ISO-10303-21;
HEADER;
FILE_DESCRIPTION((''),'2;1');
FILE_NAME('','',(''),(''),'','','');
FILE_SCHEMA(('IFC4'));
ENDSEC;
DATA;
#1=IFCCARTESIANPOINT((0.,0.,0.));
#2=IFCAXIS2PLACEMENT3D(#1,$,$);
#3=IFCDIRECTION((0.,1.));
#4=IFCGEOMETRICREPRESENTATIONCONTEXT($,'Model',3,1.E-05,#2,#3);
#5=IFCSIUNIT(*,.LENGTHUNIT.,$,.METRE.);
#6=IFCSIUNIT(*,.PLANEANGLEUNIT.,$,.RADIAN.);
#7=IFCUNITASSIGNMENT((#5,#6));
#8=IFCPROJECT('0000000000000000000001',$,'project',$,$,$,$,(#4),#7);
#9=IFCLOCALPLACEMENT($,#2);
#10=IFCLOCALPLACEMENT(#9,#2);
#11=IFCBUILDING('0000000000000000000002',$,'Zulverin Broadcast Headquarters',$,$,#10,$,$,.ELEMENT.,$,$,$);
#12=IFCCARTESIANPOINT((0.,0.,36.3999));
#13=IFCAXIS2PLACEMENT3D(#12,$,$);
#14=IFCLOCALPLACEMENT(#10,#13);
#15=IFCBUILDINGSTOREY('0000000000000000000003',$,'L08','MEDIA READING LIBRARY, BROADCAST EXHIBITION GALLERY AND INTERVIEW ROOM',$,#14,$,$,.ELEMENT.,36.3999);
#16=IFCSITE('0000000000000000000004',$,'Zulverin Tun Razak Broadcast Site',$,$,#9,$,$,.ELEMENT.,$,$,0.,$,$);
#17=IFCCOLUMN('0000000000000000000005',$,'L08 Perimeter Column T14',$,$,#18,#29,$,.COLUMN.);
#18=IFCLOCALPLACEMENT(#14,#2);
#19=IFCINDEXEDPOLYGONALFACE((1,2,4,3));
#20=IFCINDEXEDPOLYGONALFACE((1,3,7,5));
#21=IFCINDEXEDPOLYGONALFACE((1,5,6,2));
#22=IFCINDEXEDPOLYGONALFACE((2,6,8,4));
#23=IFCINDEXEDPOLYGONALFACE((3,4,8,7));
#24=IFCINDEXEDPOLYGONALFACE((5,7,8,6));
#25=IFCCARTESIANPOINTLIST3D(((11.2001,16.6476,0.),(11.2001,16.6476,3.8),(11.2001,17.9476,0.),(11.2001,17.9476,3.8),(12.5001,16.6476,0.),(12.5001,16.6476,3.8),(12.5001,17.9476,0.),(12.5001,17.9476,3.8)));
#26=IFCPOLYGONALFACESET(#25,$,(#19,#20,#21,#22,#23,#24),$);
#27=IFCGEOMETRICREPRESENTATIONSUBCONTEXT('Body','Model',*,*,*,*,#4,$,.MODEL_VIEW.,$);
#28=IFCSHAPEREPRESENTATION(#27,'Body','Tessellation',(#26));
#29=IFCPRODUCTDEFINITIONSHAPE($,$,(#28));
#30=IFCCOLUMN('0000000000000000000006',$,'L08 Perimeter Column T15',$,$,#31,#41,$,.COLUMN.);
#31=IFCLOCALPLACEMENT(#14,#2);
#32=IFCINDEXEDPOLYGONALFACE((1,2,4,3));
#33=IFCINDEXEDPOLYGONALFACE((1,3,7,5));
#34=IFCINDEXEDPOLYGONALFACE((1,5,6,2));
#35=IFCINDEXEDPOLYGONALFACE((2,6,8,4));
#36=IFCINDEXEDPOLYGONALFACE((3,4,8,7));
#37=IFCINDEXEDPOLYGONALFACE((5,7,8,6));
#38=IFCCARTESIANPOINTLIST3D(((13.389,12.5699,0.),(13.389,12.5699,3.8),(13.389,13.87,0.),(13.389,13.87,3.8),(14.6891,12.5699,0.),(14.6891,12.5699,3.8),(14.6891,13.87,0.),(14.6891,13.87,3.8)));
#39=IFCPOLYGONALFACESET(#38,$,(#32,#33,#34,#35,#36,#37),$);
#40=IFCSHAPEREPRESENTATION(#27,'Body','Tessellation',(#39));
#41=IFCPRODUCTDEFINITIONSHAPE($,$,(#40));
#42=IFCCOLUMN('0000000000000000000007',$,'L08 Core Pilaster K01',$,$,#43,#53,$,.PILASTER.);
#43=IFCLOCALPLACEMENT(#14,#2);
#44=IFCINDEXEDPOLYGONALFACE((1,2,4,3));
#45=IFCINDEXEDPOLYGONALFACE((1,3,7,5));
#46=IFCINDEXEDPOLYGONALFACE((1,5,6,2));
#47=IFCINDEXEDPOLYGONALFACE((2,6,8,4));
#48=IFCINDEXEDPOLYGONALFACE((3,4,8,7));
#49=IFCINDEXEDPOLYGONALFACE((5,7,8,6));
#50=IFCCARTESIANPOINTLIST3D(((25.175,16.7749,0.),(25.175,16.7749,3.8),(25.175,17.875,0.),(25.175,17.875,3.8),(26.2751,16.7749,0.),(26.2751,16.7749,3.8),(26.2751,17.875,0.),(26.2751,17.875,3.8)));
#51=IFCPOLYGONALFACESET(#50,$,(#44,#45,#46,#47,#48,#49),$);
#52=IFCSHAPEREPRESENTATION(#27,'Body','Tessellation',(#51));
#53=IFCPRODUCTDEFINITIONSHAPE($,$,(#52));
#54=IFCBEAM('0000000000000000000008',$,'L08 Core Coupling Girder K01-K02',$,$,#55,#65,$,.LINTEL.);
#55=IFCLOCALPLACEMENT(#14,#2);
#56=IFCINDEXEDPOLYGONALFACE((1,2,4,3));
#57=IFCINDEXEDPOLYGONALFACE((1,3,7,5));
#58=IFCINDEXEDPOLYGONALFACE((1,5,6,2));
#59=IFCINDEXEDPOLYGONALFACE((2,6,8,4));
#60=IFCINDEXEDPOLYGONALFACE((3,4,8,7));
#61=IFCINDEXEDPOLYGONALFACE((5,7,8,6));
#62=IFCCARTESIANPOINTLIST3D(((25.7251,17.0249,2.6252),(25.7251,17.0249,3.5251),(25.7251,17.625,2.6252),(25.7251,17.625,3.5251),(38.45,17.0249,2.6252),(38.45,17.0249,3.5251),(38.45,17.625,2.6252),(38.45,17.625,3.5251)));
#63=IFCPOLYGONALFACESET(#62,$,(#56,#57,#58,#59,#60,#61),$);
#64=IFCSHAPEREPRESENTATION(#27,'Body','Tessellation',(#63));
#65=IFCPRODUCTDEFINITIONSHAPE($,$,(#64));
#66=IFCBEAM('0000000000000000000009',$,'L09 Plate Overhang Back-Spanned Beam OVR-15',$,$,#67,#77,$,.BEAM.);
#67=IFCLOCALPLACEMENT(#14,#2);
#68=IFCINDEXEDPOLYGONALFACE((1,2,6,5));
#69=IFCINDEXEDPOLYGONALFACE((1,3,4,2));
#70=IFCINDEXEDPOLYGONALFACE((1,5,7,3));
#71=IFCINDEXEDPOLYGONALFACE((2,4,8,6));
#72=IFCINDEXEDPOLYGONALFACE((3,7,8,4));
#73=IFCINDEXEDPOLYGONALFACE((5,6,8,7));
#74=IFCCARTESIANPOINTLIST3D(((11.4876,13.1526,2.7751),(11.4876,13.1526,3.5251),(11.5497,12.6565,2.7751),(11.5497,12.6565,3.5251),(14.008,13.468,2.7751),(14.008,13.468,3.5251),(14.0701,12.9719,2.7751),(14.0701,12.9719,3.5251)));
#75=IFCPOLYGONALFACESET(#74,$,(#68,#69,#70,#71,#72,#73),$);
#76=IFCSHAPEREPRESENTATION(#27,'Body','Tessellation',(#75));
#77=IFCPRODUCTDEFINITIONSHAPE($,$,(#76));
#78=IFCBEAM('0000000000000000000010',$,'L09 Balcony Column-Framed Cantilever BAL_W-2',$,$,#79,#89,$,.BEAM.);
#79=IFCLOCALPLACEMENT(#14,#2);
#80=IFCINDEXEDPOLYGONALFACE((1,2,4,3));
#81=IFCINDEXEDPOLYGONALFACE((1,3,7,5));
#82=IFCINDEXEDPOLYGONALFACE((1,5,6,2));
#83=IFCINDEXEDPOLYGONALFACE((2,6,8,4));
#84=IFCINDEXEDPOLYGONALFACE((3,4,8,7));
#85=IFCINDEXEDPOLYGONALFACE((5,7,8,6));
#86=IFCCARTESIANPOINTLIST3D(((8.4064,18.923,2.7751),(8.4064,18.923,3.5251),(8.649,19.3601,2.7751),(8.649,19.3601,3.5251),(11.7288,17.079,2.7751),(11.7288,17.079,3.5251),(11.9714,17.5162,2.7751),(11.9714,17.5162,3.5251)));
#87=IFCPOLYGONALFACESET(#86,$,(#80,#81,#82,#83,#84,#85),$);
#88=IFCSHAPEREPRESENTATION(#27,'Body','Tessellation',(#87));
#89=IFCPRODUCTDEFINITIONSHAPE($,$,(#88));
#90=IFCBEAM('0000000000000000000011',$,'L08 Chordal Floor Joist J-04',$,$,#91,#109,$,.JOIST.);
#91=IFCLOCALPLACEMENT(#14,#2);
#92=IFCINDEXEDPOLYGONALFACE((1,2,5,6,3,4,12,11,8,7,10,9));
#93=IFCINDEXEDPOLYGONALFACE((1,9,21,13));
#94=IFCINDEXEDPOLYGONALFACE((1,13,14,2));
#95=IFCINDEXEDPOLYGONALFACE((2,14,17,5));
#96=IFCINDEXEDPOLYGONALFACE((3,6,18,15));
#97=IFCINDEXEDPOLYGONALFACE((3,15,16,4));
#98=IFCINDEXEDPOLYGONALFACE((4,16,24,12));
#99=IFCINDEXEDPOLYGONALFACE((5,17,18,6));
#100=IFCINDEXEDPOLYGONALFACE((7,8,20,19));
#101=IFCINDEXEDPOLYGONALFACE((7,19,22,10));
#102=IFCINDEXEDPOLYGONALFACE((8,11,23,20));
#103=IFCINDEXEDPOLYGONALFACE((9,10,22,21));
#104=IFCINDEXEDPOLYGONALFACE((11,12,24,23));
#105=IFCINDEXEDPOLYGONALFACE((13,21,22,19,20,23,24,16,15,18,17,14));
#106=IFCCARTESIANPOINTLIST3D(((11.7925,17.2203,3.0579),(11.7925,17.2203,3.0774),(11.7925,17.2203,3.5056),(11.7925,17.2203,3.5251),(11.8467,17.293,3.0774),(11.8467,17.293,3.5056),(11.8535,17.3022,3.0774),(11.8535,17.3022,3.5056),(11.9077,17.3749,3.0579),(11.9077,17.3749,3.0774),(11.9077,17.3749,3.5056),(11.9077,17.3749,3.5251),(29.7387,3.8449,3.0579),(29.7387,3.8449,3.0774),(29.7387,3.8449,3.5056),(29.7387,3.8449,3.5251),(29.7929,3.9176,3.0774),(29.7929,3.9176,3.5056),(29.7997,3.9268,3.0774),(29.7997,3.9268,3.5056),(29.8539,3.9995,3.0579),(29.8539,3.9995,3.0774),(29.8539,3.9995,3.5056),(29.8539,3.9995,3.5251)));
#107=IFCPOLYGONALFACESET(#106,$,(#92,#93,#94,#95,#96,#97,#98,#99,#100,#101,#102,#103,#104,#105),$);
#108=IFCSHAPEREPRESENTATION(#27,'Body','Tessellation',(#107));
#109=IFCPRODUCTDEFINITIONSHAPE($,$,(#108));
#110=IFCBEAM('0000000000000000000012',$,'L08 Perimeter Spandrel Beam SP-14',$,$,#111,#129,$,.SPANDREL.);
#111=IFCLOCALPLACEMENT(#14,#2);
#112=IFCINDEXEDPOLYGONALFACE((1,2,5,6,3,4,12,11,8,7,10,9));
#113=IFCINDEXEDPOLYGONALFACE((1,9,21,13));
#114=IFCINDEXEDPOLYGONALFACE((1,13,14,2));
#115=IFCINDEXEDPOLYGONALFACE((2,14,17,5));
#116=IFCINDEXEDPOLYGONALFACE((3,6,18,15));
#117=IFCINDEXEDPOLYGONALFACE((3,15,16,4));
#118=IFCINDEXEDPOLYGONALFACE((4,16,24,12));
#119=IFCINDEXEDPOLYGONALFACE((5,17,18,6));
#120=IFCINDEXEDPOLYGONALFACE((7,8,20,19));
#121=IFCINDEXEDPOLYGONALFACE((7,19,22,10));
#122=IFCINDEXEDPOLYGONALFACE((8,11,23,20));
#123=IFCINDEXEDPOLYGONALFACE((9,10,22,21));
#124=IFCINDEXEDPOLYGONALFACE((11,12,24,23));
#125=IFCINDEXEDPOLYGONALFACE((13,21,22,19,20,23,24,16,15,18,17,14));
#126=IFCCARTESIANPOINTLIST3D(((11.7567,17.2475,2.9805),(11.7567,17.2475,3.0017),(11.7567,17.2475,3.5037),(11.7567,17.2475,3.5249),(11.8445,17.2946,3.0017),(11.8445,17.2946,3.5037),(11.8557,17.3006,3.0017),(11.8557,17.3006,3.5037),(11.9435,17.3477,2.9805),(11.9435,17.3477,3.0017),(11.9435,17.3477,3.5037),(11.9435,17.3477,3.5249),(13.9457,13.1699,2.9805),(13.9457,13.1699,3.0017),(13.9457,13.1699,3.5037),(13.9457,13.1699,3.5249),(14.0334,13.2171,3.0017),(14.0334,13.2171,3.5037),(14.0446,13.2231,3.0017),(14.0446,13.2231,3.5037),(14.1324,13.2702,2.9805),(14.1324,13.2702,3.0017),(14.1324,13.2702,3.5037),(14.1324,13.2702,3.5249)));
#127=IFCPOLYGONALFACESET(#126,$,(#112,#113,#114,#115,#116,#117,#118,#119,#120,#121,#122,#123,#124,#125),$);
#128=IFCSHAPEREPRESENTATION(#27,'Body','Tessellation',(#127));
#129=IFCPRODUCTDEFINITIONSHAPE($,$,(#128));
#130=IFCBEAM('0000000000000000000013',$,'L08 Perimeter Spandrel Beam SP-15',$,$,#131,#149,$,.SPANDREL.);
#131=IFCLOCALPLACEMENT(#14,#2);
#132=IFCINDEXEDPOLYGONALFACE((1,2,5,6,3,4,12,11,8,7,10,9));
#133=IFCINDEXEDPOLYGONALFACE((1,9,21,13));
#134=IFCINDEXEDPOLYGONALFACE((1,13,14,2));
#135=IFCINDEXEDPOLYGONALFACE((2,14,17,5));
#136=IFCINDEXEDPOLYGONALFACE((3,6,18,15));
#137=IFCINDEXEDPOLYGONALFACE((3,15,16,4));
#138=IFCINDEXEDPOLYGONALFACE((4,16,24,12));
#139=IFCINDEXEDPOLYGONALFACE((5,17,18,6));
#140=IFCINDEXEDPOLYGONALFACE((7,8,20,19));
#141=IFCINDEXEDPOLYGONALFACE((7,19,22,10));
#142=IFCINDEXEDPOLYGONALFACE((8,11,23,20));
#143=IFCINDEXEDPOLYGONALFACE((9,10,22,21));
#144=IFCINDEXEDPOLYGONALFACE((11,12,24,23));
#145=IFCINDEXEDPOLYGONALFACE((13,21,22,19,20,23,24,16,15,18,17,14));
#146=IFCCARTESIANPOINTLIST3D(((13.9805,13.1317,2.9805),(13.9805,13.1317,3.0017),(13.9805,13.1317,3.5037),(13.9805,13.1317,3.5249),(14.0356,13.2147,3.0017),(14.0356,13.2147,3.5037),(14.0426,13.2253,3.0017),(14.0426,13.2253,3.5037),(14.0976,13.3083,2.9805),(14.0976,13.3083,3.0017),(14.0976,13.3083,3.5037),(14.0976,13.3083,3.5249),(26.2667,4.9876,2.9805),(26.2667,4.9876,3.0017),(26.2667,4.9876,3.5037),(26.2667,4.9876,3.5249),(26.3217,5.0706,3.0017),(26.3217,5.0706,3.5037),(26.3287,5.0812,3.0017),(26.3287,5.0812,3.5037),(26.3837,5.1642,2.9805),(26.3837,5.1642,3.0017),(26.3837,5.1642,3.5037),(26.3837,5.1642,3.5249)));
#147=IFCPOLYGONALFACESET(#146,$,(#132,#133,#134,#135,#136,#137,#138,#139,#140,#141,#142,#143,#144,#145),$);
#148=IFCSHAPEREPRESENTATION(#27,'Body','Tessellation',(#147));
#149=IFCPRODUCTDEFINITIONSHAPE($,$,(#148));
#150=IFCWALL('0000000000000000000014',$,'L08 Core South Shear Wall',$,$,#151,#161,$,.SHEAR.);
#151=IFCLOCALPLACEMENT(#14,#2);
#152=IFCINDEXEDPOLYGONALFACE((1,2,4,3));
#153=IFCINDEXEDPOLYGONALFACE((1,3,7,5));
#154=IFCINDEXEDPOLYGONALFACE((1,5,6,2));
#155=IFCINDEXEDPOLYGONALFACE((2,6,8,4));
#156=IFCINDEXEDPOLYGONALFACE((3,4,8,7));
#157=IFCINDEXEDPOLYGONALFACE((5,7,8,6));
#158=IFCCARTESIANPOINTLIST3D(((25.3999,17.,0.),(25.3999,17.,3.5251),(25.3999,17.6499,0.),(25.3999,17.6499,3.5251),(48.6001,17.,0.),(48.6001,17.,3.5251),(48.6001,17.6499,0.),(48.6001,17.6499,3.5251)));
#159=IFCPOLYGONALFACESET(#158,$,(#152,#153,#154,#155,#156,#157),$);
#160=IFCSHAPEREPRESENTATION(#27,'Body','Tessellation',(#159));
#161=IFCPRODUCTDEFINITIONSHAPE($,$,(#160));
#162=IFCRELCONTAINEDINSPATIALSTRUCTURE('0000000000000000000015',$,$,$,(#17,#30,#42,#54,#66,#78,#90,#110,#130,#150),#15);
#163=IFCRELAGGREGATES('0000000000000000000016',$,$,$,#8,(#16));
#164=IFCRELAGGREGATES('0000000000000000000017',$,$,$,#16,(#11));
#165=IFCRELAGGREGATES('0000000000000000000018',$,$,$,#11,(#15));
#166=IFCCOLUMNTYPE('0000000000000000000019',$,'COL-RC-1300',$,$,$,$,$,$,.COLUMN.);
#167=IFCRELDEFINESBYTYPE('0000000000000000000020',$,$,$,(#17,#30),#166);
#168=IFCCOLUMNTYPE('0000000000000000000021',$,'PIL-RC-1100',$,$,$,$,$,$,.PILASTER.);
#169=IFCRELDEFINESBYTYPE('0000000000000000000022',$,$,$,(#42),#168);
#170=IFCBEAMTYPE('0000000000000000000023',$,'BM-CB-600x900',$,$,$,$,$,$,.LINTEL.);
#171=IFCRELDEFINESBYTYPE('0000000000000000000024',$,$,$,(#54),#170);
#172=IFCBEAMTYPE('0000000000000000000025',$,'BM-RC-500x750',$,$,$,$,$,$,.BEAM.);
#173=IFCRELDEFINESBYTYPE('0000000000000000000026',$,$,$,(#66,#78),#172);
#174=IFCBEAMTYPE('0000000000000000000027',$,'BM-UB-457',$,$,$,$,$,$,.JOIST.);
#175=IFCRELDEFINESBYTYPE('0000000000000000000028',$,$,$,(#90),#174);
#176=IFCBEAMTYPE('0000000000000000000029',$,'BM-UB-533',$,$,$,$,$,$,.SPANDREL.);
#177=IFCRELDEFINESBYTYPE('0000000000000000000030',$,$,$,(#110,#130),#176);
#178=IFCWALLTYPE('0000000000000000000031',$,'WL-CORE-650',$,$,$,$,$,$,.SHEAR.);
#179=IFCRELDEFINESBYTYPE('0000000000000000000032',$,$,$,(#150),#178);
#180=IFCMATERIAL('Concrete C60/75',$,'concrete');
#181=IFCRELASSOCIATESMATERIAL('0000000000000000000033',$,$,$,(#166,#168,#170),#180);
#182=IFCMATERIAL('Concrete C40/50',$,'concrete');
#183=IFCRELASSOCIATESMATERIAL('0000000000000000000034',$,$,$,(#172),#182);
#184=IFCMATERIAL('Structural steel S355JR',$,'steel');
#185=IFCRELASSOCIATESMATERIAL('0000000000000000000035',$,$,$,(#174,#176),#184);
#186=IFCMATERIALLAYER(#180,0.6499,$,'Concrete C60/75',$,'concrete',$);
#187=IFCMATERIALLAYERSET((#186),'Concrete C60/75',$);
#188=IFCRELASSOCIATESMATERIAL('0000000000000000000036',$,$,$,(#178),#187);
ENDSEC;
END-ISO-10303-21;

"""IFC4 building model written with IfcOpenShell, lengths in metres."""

from ifc_helpers import new_model, si_unit, direction, frame, frame_2d, origin, origin_2d, place, context, subcontext, project, spatial, rectangle, i_section, extrude, material, layer, layer_set, material_profile, profile_set, type_object, element, save


model = new_model("IFC4")

# Units and contexts
model_context = context("Model", 3, precision=1e-05, world=origin(), true_north=direction((0.0, 1.0)))
body_context = subcontext(model_context, "Body", "Model", "MODEL_VIEW")
ifc_project = project(units=[si_unit("LENGTHUNIT", "METRE"), si_unit("PLANEANGLEUNIT", "RADIAN")], contexts=[model_context])

# Site, building, storey
site_placement = place(None, origin())
site = spatial("IfcSite", under=ifc_project, at=site_placement, Name="Zulverin Tun Razak Broadcast Site", CompositionType="ELEMENT", RefElevation=0.0)
building_placement = place(site_placement, origin())
building = spatial("IfcBuilding", under=site, at=building_placement, Name="Zulverin Broadcast Headquarters", CompositionType="ELEMENT")
storey_placement = place(building_placement, frame((0.0, 0.0, 36.3999)))
storey = spatial("IfcBuildingStorey", under=building, at=storey_placement, Name="L08", Description="MEDIA READING LIBRARY, BROADCAST EXHIBITION GALLERY AND INTERVIEW ROOM", CompositionType="ELEMENT", Elevation=36.3999)

# Columns
ifc_material_1 = material(Name="Concrete C60/75", Category="concrete")
ifc_material_profile_1 = material_profile(ifc_material_1, rectangle(XDim=1.3, YDim=1.3, at=origin_2d()), Name="Concrete C60/75", Category="concrete")
ifc_profile_set_1 = profile_set([ifc_material_profile_1], Name="Concrete C60/75")
column_type_1 = type_object("IfcColumnType", Name="COL-RC-1300", PredefinedType="COLUMN", material=ifc_profile_set_1)
for number, where, z_axis, x_axis, name in (
    (1, (11.8501, 17.2976, 0.0), (0.0, 0.0, 1.0), (1.0, 0.0, 0.0), "L08 Perimeter Column T14"),
    (2, (14.0391, 13.22, 0.0), (0.0, 0.0, 1.0), (1.0, 0.0, 0.0), "L08 Perimeter Column T15"),
):
    element("IfcColumn", number, at=place(storey_placement, frame(where, z_axis=z_axis, x_axis=x_axis)), inside=storey, type_object=column_type_1, Name=name, PredefinedType="COLUMN", context=body_context, shape_type="SweptSolid", body=[
        extrude(rectangle(XDim=1.3, YDim=1.3, at=origin_2d()), origin(), (0.0, 0.0, 1.0), 3.8),
    ])
ifc_material_profile_2 = material_profile(ifc_material_1, rectangle(XDim=1.1001, YDim=1.1001, at=origin_2d()), Name="Concrete C60/75", Category="concrete")
ifc_profile_set_2 = profile_set([ifc_material_profile_2], Name="Concrete C60/75")
column_type_2 = type_object("IfcColumnType", Name="PIL-RC-1100", PredefinedType="PILASTER", material=ifc_profile_set_2)
column_placement = place(storey_placement, frame((25.7251, 17.325, 0.0), z_axis=(0.0, 0.0, 1.0), x_axis=(1.0, 0.0, 0.0)))
element("IfcColumn", 3, at=column_placement, inside=storey, type_object=column_type_2, Name="L08 Core Pilaster K01", PredefinedType="PILASTER", context=body_context, shape_type="SweptSolid", body=[
    extrude(rectangle(XDim=1.1001, YDim=1.1001, at=origin_2d()), origin(), (0.0, 0.0, 1.0), 3.8),
])

# Beams
ifc_material_profile_3 = material_profile(ifc_material_1, rectangle(XDim=0.6001, YDim=0.8999, at=origin_2d()), Name="Concrete C60/75", Category="concrete")
ifc_profile_set_3 = profile_set([ifc_material_profile_3], Name="Concrete C60/75")
beam_type_1 = type_object("IfcBeamType", Name="BM-CB-600x900", PredefinedType="LINTEL", material=ifc_profile_set_3)
beam_1_placement = place(storey_placement, frame((25.7251, 17.325, 3.0752), z_axis=(1.0, 0.0, 0.0), x_axis=(0.0, 1.0, 0.0)))
element("IfcBeam", 4, at=beam_1_placement, inside=storey, type_object=beam_type_1, Name="L08 Core Coupling Girder K01-K02", PredefinedType="LINTEL", context=body_context, shape_type="SweptSolid", body=[
    extrude(rectangle(XDim=0.6001, YDim=0.8999, at=origin_2d()), origin(), (0.0, 0.0, 1.0), 12.7249),
])
ifc_material_2 = material(Name="Concrete C40/50", Category="concrete")
ifc_material_profile_4 = material_profile(ifc_material_2, rectangle(XDim=0.5, YDim=0.75, at=origin_2d()), Name="Concrete C40/50", Category="concrete")
ifc_profile_set_4 = profile_set([ifc_material_profile_4], Name="Concrete C40/50")
beam_type_2 = type_object("IfcBeamType", Name="BM-RC-500x750", PredefinedType="BEAM", material=ifc_profile_set_4)
beam_2_placement = place(storey_placement, frame((14.0391, 13.22, 3.1501), z_axis=(-0.992259, -0.124189, 0.0), x_axis=(0.124189, -0.992259, 0.0)))
element("IfcBeam", 5, at=beam_2_placement, inside=storey, type_object=beam_type_2, Name="L09 Plate Overhang Back-Spanned Beam OVR-15", PredefinedType="BEAM", context=body_context, shape_type="SweptSolid", body=[
    extrude(rectangle(XDim=0.5, YDim=0.75, at=origin_2d()), origin(), (0.0, 0.0, 1.0), 2.54),
])
beam_3_placement = place(storey_placement, frame((11.8501, 17.2976, 3.1501), z_axis=(-0.874363, 0.485272, 0.0), x_axis=(-0.485272, -0.874363, 0.0)))
element("IfcBeam", 6, at=beam_3_placement, inside=storey, type_object=beam_type_2, Name="L09 Balcony Column-Framed Cantilever BAL_W-2", PredefinedType="BEAM", context=body_context, shape_type="SweptSolid", body=[
    extrude(rectangle(XDim=0.5, YDim=0.75, at=origin_2d()), origin(), (0.0, 0.0, 1.0), 3.7998),
])
ifc_material_3 = material(Name="Structural steel S355JR", Category="steel")
ifc_material_profile_5 = material_profile(ifc_material_3, i_section(OverallWidth=0.1929, OverallDepth=0.4673, WebThickness=0.0115, FlangeThickness=0.0195, at=origin_2d()), Name="Structural steel S355JR", Category="steel")
ifc_profile_set_5 = profile_set([ifc_material_profile_5], Name="Structural steel S355JR")
beam_type_3 = type_object("IfcBeamType", Name="BM-UB-457", PredefinedType="JOIST", material=ifc_profile_set_5)
beam_4_placement = place(storey_placement, frame((11.8501, 17.2976, 3.2915), z_axis=(0.801803, -0.597589, 0.0), x_axis=(0.597589, 0.801803, 0.0)))
element("IfcBeam", 7, at=beam_4_placement, inside=storey, type_object=beam_type_3, Name="L08 Chordal Floor Joist J-04", PredefinedType="JOIST", context=body_context, shape_type="SweptSolid", body=[
    extrude(i_section(OverallWidth=0.1929, OverallDepth=0.4673, WebThickness=0.0115, FlangeThickness=0.0195, at=origin_2d()), origin(), (0.0, 0.0, 1.0), 22.3823),
])
ifc_material_profile_6 = material_profile(ifc_material_3, i_section(OverallWidth=0.2119, OverallDepth=0.5444, WebThickness=0.0127, FlangeThickness=0.0212, at=origin_2d()), Name="Structural steel S355JR", Category="steel")
ifc_profile_set_6 = profile_set([ifc_material_profile_6], Name="Structural steel S355JR")
beam_type_4 = type_object("IfcBeamType", Name="BM-UB-533", PredefinedType="SPANDREL", material=ifc_profile_set_6)
beam_5_placement = place(storey_placement, frame((11.8501, 17.2976, 3.2527), z_axis=(0.47298, -0.881073, 0.0), x_axis=(0.881073, 0.47298, 0.0)))
element("IfcBeam", 8, at=beam_5_placement, inside=storey, type_object=beam_type_4, Name="L08 Perimeter Spandrel Beam SP-14", PredefinedType="SPANDREL", context=body_context, shape_type="SweptSolid", body=[
    extrude(i_section(OverallWidth=0.2119, OverallDepth=0.5444, WebThickness=0.0127, FlangeThickness=0.0212, at=origin_2d()), origin(), (0.0, 0.0, 1.0), 4.6279),
])
beam_6_placement = place(storey_placement, frame((14.0391, 13.22, 3.2527), z_axis=(0.83351, -0.552504, 0.0), x_axis=(0.552504, 0.83351, 0.0)))
element("IfcBeam", 9, at=beam_6_placement, inside=storey, type_object=beam_type_4, Name="L08 Perimeter Spandrel Beam SP-15", PredefinedType="SPANDREL", context=body_context, shape_type="SweptSolid", body=[
    extrude(i_section(OverallWidth=0.2119, OverallDepth=0.5444, WebThickness=0.0127, FlangeThickness=0.0212, at=origin_2d()), origin(), (0.0, 0.0, 1.0), 14.7402),
])

# Wall
ifc_layer_1 = layer(ifc_material_1, 0.6499, Name="Concrete C60/75", Category="concrete")
ifc_layer_set_1 = layer_set([ifc_layer_1], Name="Concrete C60/75")
wall_type_1 = type_object("IfcWallType", Name="WL-CORE-650", PredefinedType="SHEAR", material=ifc_layer_set_1)
wall_1_placement = place(storey_placement, frame((25.3999, 17.325, 0.0), z_axis=(0.0, 0.0, 1.0), x_axis=(1.0, 0.0, 0.0)))
element("IfcWall", 10, at=wall_1_placement, inside=storey, type_object=wall_type_1, Name="L08 Core South Shear Wall", PredefinedType="SHEAR", context=body_context, shape_type="SweptSolid", body=[
    extrude(rectangle(XDim=23.2002, YDim=0.6499, at=frame_2d((11.6001, 0.0))), origin(), (0.0, 0.0, 1.0), 3.5251),
])

save(model, "model.ifc")
